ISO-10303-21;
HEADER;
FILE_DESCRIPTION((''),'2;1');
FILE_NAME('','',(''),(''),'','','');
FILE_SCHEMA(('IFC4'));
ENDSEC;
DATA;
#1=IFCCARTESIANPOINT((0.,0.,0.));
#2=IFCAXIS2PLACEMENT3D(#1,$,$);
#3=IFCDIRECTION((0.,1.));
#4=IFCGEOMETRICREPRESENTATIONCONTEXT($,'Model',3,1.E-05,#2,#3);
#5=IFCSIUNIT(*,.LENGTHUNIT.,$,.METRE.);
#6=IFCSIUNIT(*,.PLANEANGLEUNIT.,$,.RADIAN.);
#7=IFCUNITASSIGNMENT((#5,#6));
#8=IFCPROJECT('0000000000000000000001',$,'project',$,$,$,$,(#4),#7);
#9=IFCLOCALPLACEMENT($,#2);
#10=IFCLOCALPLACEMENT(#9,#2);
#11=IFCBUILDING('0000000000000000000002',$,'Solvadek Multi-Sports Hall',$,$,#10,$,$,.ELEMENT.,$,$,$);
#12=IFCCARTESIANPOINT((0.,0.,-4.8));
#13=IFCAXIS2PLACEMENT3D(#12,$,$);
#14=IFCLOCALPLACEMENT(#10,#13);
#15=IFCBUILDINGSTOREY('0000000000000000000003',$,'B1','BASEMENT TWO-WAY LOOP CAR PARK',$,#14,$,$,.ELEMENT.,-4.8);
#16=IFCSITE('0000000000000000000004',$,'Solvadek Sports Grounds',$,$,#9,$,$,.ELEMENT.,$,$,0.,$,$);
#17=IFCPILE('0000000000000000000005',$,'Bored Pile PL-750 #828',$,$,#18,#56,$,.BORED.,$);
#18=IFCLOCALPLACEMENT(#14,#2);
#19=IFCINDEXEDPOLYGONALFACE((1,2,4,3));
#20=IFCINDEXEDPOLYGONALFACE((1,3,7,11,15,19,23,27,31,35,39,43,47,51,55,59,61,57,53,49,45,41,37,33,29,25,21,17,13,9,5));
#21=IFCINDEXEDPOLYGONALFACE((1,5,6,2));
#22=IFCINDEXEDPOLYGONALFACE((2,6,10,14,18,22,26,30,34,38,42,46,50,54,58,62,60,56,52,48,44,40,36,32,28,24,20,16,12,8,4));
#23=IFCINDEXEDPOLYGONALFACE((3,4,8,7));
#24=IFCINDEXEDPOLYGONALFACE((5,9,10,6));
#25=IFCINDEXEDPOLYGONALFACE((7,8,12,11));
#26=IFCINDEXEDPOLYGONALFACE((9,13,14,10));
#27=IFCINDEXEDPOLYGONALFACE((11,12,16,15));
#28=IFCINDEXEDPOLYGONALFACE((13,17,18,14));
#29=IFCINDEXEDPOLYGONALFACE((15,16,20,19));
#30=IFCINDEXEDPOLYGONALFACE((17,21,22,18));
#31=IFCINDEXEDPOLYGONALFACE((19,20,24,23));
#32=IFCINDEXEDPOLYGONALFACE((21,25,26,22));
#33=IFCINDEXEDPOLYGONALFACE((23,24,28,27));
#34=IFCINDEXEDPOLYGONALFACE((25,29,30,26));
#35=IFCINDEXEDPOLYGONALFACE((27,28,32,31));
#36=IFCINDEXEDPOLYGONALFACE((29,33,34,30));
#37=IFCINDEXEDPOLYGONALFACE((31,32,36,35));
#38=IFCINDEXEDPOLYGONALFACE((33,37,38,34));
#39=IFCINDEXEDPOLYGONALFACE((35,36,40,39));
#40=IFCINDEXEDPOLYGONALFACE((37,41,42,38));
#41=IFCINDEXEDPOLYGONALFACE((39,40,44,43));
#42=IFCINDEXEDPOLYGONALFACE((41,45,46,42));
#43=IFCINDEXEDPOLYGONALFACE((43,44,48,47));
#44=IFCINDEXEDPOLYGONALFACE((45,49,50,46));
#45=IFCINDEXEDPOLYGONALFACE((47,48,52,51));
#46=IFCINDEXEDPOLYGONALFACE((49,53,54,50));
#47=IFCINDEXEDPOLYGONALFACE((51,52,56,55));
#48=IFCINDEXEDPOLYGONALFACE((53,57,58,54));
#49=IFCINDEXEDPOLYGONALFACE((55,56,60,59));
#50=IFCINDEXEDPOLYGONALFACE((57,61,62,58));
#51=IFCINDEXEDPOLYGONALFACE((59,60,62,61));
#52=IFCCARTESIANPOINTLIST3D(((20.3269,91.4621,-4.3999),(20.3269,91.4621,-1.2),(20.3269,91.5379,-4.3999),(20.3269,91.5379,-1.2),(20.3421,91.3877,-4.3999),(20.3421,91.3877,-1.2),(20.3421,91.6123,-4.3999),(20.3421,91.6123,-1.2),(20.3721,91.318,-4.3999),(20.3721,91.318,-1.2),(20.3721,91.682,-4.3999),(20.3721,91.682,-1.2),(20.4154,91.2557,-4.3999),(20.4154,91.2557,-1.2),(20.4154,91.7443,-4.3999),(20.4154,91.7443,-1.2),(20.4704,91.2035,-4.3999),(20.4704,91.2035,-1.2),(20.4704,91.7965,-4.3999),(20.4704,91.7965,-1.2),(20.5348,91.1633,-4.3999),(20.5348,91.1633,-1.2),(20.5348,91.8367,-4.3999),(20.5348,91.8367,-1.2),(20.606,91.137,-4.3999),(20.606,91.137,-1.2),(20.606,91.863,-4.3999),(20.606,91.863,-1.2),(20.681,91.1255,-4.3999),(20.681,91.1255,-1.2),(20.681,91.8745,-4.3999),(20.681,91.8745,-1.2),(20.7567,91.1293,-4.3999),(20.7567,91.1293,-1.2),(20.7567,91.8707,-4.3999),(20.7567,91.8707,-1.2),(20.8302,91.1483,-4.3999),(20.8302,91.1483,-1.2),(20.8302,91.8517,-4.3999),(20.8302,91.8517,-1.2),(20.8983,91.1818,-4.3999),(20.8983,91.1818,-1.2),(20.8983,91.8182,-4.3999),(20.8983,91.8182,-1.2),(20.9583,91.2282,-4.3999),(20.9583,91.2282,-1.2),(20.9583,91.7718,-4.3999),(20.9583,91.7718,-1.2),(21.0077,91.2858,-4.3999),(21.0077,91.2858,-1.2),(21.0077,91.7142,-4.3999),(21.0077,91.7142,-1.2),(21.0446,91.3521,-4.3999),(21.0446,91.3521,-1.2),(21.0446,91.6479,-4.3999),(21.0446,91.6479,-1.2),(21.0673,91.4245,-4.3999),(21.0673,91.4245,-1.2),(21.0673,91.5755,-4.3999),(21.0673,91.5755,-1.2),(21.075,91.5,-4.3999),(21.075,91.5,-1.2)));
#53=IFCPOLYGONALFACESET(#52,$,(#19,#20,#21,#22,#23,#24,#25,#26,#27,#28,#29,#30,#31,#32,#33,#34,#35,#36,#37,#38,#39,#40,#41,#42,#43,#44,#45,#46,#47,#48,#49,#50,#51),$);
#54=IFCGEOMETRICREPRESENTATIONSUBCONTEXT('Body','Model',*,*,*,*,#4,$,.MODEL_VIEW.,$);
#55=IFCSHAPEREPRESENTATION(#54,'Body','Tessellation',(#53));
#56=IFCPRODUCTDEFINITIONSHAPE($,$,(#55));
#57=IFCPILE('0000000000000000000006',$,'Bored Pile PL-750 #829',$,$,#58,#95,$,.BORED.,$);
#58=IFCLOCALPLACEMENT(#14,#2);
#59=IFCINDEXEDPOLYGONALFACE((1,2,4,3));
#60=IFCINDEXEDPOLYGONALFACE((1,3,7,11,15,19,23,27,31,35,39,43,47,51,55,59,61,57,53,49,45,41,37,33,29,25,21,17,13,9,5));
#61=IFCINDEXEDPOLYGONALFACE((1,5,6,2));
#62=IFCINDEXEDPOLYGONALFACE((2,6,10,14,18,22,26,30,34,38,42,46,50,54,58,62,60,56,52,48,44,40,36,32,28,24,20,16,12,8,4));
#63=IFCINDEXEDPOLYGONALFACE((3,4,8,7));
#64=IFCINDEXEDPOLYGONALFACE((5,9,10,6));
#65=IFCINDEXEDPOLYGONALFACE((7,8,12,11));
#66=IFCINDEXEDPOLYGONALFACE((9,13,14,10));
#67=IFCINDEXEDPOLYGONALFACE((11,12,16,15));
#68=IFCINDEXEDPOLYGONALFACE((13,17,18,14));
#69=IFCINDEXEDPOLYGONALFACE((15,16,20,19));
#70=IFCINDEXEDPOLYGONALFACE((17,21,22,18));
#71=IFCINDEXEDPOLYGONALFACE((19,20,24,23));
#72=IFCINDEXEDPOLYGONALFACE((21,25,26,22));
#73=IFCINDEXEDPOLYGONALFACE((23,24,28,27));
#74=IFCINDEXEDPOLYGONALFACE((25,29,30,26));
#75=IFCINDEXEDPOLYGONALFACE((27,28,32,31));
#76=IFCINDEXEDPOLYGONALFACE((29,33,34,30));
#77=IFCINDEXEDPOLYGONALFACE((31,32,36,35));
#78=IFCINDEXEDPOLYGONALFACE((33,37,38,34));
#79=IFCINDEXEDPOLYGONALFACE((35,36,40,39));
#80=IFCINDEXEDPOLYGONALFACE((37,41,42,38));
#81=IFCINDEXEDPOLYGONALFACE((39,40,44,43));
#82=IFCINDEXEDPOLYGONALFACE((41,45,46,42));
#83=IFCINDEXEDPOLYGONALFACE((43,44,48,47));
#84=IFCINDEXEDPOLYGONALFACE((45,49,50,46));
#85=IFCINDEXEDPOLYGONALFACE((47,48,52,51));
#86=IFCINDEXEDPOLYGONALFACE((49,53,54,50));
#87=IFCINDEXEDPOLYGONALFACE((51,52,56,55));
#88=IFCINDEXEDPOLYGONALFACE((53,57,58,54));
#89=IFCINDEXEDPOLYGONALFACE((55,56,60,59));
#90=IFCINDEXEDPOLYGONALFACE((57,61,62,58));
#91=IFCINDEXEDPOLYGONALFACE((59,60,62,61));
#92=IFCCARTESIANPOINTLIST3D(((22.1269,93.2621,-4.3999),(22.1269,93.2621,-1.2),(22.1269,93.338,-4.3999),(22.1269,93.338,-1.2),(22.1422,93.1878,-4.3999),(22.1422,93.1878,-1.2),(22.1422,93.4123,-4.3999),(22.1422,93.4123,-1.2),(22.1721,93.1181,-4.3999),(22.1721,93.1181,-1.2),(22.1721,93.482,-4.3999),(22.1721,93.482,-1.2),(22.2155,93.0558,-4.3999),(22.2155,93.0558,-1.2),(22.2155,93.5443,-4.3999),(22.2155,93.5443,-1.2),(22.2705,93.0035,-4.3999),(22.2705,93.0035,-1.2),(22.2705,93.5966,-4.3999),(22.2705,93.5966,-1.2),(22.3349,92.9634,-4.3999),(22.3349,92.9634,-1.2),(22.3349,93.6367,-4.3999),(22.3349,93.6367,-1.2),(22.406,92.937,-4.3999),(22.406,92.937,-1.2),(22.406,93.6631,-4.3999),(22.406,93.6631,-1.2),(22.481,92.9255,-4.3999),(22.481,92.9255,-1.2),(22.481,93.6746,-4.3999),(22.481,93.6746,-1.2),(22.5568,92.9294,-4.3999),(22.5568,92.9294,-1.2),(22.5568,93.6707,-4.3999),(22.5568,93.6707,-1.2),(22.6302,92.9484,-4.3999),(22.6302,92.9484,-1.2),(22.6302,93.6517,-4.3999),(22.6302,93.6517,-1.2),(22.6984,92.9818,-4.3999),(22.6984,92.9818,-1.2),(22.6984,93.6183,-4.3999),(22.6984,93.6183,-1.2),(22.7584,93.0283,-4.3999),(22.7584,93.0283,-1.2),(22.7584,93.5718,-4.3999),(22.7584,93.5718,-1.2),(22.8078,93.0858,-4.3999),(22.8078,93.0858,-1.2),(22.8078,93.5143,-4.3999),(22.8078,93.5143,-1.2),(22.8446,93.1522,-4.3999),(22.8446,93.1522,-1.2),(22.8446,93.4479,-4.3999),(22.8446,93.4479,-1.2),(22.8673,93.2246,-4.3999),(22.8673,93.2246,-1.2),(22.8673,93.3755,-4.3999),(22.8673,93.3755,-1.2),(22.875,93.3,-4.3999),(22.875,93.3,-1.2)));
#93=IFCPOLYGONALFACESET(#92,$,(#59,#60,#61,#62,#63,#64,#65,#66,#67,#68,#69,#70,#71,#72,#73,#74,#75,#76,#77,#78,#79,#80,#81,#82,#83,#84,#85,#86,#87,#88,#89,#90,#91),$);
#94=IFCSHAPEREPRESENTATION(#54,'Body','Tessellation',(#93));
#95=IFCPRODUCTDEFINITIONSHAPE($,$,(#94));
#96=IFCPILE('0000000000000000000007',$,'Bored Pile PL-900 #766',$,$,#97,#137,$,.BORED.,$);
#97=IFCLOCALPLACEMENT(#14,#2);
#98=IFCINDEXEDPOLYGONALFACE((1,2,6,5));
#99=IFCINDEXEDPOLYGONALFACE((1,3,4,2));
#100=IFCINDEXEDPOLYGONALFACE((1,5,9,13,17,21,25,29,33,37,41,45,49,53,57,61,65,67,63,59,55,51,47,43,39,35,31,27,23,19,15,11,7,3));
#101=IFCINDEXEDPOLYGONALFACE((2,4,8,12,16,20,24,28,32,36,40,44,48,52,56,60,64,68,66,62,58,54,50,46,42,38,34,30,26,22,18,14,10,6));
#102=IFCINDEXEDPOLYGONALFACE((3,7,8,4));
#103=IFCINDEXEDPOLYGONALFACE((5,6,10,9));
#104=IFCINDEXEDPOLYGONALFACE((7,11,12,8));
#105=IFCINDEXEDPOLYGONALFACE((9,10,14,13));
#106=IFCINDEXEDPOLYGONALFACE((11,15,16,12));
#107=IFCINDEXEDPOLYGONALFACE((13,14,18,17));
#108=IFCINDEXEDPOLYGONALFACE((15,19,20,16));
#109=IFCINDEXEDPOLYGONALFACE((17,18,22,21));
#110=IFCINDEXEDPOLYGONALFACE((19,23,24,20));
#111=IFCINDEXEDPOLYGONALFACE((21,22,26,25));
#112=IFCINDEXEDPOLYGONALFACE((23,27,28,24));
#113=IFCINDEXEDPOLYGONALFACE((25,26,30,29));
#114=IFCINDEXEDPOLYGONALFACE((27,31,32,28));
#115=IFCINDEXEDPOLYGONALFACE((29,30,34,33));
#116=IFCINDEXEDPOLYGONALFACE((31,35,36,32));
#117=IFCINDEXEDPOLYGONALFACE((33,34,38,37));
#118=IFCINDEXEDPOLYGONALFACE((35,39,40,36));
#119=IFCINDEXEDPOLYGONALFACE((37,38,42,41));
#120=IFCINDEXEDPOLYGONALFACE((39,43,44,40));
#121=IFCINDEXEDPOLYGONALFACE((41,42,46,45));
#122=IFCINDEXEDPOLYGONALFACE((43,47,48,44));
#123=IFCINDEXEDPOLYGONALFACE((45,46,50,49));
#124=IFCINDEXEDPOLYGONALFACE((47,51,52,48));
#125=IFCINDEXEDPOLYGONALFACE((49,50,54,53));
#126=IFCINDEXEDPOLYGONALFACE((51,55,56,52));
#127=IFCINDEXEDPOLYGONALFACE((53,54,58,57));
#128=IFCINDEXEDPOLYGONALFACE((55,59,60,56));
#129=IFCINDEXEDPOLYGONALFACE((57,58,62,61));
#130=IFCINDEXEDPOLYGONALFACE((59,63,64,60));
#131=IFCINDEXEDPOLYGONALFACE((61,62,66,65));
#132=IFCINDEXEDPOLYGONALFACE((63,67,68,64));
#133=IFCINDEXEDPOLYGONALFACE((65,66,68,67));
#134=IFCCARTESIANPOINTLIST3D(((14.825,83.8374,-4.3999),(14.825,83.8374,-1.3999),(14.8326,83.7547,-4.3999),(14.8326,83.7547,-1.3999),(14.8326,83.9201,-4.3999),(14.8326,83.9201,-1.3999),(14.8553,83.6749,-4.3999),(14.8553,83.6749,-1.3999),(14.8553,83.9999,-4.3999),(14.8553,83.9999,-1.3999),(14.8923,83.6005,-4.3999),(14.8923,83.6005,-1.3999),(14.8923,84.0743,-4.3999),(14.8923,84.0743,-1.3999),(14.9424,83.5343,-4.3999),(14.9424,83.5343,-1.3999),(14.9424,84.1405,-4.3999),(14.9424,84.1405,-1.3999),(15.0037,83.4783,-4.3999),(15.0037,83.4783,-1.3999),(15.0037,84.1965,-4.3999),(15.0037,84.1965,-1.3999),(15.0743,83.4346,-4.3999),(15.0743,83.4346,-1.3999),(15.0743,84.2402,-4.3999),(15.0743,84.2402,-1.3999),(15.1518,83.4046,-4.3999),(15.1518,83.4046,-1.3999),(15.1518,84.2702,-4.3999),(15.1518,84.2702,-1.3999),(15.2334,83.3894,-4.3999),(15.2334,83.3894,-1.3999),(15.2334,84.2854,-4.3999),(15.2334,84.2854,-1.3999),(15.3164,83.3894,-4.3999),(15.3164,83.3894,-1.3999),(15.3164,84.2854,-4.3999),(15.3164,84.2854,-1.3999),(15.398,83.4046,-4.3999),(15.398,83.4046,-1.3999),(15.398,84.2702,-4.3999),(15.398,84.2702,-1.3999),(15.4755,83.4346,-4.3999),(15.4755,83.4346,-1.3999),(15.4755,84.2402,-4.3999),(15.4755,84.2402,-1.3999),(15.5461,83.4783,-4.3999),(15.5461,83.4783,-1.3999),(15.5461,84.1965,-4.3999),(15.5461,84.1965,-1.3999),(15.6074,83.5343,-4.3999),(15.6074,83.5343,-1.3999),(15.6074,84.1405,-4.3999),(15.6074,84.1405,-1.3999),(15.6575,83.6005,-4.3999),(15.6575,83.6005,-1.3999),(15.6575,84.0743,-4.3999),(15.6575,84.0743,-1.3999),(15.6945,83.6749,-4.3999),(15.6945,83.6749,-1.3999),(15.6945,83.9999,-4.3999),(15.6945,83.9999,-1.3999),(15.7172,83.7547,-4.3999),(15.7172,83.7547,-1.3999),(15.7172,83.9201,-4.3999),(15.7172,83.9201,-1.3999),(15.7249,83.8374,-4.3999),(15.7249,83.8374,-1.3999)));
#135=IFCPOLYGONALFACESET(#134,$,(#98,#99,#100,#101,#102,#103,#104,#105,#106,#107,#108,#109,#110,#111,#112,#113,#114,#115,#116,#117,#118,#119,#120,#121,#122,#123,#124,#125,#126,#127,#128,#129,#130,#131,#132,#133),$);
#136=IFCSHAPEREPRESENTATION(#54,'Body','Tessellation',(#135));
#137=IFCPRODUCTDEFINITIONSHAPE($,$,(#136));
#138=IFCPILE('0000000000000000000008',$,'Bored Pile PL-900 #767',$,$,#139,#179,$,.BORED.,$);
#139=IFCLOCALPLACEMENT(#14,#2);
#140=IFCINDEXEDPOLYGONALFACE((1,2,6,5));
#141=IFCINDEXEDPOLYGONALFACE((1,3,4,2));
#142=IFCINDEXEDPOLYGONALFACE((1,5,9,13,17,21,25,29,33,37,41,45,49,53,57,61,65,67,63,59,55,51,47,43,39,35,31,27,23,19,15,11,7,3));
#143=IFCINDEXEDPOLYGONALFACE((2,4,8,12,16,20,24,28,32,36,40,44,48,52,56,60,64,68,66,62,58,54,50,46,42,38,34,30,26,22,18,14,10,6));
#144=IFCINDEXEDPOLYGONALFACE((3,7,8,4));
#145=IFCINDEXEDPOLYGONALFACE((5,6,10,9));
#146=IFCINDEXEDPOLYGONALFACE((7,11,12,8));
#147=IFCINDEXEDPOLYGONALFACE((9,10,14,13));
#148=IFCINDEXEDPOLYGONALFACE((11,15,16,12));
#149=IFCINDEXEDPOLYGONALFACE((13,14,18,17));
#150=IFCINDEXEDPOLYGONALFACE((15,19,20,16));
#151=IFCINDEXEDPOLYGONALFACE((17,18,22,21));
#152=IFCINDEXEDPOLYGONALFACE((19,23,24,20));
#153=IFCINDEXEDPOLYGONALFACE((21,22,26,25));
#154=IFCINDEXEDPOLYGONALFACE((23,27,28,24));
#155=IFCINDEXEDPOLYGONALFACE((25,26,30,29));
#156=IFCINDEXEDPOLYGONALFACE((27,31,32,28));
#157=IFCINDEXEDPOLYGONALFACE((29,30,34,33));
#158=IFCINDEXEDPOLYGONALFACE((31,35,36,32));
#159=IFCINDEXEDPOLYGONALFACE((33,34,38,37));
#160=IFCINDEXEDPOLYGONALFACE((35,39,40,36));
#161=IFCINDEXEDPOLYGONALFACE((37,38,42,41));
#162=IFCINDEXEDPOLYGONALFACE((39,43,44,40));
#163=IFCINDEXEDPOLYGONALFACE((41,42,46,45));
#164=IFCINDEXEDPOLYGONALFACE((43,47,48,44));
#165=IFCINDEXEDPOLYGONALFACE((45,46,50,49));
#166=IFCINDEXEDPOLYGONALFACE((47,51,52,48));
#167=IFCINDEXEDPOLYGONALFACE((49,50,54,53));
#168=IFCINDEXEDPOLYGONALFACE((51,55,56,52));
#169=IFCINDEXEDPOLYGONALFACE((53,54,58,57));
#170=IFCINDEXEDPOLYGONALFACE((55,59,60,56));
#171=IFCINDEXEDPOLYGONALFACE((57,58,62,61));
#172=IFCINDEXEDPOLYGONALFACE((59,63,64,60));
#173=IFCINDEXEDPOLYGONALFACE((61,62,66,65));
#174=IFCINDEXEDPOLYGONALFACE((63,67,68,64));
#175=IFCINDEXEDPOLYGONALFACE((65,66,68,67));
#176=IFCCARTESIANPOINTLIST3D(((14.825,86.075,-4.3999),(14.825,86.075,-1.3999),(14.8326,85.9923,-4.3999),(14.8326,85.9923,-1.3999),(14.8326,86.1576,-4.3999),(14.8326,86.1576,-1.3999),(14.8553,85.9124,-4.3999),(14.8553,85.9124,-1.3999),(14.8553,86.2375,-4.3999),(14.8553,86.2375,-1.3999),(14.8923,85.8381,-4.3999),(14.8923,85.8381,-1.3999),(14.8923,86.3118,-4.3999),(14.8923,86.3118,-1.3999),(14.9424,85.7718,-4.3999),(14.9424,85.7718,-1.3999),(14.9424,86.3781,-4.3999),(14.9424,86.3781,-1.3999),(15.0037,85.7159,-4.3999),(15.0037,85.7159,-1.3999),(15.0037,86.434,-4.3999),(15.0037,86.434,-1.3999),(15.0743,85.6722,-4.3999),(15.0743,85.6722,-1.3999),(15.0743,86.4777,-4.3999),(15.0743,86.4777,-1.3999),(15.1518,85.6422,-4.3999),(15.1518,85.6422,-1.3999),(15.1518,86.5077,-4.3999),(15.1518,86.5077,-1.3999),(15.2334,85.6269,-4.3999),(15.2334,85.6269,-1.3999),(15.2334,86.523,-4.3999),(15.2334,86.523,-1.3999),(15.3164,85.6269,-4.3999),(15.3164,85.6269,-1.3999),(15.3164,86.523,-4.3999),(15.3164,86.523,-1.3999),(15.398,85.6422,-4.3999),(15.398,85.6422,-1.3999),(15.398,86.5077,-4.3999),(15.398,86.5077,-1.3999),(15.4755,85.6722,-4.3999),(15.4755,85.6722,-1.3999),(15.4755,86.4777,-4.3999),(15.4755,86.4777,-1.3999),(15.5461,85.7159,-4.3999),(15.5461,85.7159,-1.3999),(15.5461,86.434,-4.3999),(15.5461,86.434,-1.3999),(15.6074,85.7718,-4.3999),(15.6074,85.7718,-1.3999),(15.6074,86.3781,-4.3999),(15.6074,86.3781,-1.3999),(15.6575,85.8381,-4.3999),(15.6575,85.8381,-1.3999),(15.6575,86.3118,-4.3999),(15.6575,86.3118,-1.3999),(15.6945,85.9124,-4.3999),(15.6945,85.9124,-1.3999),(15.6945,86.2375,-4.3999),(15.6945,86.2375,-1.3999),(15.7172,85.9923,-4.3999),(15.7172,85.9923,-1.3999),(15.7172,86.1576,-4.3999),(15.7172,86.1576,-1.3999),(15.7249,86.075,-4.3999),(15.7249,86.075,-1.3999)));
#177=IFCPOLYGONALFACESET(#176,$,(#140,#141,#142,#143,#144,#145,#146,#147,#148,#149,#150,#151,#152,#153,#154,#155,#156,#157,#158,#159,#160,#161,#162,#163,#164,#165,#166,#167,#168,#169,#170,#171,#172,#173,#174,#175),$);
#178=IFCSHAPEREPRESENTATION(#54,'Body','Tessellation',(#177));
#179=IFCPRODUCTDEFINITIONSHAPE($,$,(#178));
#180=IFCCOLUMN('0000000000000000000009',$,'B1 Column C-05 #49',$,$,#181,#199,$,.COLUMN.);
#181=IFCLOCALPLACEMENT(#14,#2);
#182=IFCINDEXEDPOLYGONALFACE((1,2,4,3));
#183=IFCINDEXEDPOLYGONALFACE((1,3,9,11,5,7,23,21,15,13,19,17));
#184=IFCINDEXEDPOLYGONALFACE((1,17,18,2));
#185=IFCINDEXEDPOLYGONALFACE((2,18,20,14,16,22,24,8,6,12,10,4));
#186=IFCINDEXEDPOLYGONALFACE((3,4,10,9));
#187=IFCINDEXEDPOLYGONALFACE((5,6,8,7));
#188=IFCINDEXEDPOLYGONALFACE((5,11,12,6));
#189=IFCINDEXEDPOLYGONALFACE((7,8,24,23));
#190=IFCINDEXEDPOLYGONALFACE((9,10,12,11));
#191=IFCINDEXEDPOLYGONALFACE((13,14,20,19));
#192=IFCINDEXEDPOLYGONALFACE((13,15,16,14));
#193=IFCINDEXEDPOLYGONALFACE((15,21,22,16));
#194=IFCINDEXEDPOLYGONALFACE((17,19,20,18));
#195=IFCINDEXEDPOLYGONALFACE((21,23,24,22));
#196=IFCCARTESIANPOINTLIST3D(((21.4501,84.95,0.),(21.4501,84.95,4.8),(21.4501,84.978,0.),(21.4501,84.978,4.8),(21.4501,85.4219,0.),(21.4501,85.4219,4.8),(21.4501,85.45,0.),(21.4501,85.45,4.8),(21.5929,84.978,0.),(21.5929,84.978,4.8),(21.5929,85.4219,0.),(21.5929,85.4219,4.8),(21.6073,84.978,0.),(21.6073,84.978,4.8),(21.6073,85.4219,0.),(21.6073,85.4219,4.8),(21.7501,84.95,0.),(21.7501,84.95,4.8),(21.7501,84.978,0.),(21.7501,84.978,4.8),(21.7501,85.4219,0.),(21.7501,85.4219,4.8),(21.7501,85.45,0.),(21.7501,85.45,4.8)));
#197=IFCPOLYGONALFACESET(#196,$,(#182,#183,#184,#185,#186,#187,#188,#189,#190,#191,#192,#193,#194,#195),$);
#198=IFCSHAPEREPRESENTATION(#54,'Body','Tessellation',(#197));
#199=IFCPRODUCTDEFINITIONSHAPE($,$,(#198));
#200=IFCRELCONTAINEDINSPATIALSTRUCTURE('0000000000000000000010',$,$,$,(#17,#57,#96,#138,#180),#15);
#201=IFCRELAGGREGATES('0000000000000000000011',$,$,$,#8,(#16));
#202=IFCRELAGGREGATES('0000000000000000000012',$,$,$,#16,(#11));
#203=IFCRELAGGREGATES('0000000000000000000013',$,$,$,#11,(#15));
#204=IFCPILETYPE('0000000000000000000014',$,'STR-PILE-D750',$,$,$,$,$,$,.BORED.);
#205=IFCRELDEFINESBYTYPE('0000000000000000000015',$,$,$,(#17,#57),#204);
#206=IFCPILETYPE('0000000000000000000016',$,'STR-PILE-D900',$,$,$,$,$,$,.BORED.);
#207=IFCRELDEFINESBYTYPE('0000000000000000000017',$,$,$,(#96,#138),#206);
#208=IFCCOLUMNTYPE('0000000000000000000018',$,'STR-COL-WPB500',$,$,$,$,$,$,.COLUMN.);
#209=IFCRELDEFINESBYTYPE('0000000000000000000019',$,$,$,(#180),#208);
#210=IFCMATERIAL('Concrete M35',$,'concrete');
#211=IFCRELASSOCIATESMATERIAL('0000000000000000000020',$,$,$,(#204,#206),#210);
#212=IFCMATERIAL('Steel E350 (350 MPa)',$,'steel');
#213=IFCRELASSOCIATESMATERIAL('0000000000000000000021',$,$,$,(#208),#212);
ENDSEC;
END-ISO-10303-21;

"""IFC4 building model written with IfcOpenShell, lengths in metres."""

from ifc_helpers import new_model, si_unit, direction, frame, origin, origin_2d, place, context, subcontext, project, spatial, circle, i_section, extrude, material, material_profile, profile_set, type_object, element, save


model = new_model("IFC4")

# Units and contexts
model_context = context("Model", 3, precision=1e-05, world=origin(), true_north=direction((0.0, 1.0)))
body_context = subcontext(model_context, "Body", "Model", "MODEL_VIEW")
ifc_project = project(units=[si_unit("LENGTHUNIT", "METRE"), si_unit("PLANEANGLEUNIT", "RADIAN")], contexts=[model_context])

# Site, building, storey
site_placement = place(None, origin())
site = spatial("IfcSite", under=ifc_project, at=site_placement, Name="Solvadek Sports Grounds", CompositionType="ELEMENT", RefElevation=0.0)
building_placement = place(site_placement, origin())
building = spatial("IfcBuilding", under=site, at=building_placement, Name="Solvadek Multi-Sports Hall", CompositionType="ELEMENT")
storey_placement = place(building_placement, frame((0.0, 0.0, -4.8)))
storey = spatial("IfcBuildingStorey", under=building, at=storey_placement, Name="B1", Description="BASEMENT TWO-WAY LOOP CAR PARK", CompositionType="ELEMENT", Elevation=-4.8)

# Piles
ifc_material_1 = material(Name="Concrete M35", Category="concrete")
ifc_material_profile_1 = material_profile(ifc_material_1, circle(Radius=0.375, at=origin_2d()), Name="BORED PILE D750")
ifc_profile_set_1 = profile_set([ifc_material_profile_1], Name="Concrete M35")
pile_type_1 = type_object("IfcPileType", Name="STR-PILE-D750", PredefinedType="BORED", material=ifc_profile_set_1)
for number, where, z_axis, x_axis, name in (
    (1, (20.7, 91.5, -1.2), (0.0, 0.0, -1.0), (1.0, 0.0, 0.0), "Bored Pile PL-750 #828"),
    (2, (22.5, 93.3, -1.2), (0.0, 0.0, -1.0), (1.0, 0.0, 0.0), "Bored Pile PL-750 #829"),
):
    element("IfcPile", number, at=place(storey_placement, frame(where, z_axis=z_axis, x_axis=x_axis)), inside=storey, type_object=pile_type_1, Name=name, PredefinedType="BORED", context=body_context, shape_type="SweptSolid", body=[
        extrude(circle(Radius=0.375, at=origin_2d()), origin(), (0.0, 0.0, 1.0), 3.2),
    ])
ifc_material_profile_2 = material_profile(ifc_material_1, circle(Radius=0.45, at=origin_2d()), Name="BORED PILE D900")
ifc_profile_set_2 = profile_set([ifc_material_profile_2], Name="Concrete M35")
pile_type_2 = type_object("IfcPileType", Name="STR-PILE-D900", PredefinedType="BORED", material=ifc_profile_set_2)
for number, where, z_axis, x_axis, name in (
    (3, (15.2749, 83.8374, -1.3999), (0.0, 0.0, -1.0), (1.0, 0.0, 0.0), "Bored Pile PL-900 #766"),
    (4, (15.2749, 86.075, -1.3999), (0.0, 0.0, -1.0), (1.0, 0.0, 0.0), "Bored Pile PL-900 #767"),
):
    element("IfcPile", number, at=place(storey_placement, frame(where, z_axis=z_axis, x_axis=x_axis)), inside=storey, type_object=pile_type_2, Name=name, PredefinedType="BORED", context=body_context, shape_type="SweptSolid", body=[
        extrude(circle(Radius=0.45, at=origin_2d()), origin(), (0.0, 0.0, 1.0), 3.0),
    ])

# Column
ifc_material_2 = material(Name="Steel E350 (350 MPa)", Category="steel")
ifc_material_profile_3 = material_profile(ifc_material_2, i_section(OverallWidth=0.3, OverallDepth=0.5, WebThickness=0.0144, FlangeThickness=0.0281, at=origin_2d()), Name="WPB 500")
ifc_profile_set_3 = profile_set([ifc_material_profile_3], Name="Steel E350 (350 MPa)")
column_type = type_object("IfcColumnType", Name="STR-COL-WPB500", PredefinedType="COLUMN", material=ifc_profile_set_3)
for number, where, z_axis, x_axis, name in (
    (5, (21.6001, 85.2, 0.0), (0.0, 0.0, 1.0), (1.0, 0.0, 0.0), "B1 Column C-05 #49"),
):
    element("IfcColumn", number, at=place(storey_placement, frame(where, z_axis=z_axis, x_axis=x_axis)), inside=storey, type_object=column_type, Name=name, PredefinedType="COLUMN", context=body_context, shape_type="SweptSolid", body=[
        extrude(i_section(OverallWidth=0.3, OverallDepth=0.5, WebThickness=0.0144, FlangeThickness=0.0281, at=origin_2d()), origin(), (0.0, 0.0, 1.0), 4.8),
    ])

save(model, "model.ifc")
